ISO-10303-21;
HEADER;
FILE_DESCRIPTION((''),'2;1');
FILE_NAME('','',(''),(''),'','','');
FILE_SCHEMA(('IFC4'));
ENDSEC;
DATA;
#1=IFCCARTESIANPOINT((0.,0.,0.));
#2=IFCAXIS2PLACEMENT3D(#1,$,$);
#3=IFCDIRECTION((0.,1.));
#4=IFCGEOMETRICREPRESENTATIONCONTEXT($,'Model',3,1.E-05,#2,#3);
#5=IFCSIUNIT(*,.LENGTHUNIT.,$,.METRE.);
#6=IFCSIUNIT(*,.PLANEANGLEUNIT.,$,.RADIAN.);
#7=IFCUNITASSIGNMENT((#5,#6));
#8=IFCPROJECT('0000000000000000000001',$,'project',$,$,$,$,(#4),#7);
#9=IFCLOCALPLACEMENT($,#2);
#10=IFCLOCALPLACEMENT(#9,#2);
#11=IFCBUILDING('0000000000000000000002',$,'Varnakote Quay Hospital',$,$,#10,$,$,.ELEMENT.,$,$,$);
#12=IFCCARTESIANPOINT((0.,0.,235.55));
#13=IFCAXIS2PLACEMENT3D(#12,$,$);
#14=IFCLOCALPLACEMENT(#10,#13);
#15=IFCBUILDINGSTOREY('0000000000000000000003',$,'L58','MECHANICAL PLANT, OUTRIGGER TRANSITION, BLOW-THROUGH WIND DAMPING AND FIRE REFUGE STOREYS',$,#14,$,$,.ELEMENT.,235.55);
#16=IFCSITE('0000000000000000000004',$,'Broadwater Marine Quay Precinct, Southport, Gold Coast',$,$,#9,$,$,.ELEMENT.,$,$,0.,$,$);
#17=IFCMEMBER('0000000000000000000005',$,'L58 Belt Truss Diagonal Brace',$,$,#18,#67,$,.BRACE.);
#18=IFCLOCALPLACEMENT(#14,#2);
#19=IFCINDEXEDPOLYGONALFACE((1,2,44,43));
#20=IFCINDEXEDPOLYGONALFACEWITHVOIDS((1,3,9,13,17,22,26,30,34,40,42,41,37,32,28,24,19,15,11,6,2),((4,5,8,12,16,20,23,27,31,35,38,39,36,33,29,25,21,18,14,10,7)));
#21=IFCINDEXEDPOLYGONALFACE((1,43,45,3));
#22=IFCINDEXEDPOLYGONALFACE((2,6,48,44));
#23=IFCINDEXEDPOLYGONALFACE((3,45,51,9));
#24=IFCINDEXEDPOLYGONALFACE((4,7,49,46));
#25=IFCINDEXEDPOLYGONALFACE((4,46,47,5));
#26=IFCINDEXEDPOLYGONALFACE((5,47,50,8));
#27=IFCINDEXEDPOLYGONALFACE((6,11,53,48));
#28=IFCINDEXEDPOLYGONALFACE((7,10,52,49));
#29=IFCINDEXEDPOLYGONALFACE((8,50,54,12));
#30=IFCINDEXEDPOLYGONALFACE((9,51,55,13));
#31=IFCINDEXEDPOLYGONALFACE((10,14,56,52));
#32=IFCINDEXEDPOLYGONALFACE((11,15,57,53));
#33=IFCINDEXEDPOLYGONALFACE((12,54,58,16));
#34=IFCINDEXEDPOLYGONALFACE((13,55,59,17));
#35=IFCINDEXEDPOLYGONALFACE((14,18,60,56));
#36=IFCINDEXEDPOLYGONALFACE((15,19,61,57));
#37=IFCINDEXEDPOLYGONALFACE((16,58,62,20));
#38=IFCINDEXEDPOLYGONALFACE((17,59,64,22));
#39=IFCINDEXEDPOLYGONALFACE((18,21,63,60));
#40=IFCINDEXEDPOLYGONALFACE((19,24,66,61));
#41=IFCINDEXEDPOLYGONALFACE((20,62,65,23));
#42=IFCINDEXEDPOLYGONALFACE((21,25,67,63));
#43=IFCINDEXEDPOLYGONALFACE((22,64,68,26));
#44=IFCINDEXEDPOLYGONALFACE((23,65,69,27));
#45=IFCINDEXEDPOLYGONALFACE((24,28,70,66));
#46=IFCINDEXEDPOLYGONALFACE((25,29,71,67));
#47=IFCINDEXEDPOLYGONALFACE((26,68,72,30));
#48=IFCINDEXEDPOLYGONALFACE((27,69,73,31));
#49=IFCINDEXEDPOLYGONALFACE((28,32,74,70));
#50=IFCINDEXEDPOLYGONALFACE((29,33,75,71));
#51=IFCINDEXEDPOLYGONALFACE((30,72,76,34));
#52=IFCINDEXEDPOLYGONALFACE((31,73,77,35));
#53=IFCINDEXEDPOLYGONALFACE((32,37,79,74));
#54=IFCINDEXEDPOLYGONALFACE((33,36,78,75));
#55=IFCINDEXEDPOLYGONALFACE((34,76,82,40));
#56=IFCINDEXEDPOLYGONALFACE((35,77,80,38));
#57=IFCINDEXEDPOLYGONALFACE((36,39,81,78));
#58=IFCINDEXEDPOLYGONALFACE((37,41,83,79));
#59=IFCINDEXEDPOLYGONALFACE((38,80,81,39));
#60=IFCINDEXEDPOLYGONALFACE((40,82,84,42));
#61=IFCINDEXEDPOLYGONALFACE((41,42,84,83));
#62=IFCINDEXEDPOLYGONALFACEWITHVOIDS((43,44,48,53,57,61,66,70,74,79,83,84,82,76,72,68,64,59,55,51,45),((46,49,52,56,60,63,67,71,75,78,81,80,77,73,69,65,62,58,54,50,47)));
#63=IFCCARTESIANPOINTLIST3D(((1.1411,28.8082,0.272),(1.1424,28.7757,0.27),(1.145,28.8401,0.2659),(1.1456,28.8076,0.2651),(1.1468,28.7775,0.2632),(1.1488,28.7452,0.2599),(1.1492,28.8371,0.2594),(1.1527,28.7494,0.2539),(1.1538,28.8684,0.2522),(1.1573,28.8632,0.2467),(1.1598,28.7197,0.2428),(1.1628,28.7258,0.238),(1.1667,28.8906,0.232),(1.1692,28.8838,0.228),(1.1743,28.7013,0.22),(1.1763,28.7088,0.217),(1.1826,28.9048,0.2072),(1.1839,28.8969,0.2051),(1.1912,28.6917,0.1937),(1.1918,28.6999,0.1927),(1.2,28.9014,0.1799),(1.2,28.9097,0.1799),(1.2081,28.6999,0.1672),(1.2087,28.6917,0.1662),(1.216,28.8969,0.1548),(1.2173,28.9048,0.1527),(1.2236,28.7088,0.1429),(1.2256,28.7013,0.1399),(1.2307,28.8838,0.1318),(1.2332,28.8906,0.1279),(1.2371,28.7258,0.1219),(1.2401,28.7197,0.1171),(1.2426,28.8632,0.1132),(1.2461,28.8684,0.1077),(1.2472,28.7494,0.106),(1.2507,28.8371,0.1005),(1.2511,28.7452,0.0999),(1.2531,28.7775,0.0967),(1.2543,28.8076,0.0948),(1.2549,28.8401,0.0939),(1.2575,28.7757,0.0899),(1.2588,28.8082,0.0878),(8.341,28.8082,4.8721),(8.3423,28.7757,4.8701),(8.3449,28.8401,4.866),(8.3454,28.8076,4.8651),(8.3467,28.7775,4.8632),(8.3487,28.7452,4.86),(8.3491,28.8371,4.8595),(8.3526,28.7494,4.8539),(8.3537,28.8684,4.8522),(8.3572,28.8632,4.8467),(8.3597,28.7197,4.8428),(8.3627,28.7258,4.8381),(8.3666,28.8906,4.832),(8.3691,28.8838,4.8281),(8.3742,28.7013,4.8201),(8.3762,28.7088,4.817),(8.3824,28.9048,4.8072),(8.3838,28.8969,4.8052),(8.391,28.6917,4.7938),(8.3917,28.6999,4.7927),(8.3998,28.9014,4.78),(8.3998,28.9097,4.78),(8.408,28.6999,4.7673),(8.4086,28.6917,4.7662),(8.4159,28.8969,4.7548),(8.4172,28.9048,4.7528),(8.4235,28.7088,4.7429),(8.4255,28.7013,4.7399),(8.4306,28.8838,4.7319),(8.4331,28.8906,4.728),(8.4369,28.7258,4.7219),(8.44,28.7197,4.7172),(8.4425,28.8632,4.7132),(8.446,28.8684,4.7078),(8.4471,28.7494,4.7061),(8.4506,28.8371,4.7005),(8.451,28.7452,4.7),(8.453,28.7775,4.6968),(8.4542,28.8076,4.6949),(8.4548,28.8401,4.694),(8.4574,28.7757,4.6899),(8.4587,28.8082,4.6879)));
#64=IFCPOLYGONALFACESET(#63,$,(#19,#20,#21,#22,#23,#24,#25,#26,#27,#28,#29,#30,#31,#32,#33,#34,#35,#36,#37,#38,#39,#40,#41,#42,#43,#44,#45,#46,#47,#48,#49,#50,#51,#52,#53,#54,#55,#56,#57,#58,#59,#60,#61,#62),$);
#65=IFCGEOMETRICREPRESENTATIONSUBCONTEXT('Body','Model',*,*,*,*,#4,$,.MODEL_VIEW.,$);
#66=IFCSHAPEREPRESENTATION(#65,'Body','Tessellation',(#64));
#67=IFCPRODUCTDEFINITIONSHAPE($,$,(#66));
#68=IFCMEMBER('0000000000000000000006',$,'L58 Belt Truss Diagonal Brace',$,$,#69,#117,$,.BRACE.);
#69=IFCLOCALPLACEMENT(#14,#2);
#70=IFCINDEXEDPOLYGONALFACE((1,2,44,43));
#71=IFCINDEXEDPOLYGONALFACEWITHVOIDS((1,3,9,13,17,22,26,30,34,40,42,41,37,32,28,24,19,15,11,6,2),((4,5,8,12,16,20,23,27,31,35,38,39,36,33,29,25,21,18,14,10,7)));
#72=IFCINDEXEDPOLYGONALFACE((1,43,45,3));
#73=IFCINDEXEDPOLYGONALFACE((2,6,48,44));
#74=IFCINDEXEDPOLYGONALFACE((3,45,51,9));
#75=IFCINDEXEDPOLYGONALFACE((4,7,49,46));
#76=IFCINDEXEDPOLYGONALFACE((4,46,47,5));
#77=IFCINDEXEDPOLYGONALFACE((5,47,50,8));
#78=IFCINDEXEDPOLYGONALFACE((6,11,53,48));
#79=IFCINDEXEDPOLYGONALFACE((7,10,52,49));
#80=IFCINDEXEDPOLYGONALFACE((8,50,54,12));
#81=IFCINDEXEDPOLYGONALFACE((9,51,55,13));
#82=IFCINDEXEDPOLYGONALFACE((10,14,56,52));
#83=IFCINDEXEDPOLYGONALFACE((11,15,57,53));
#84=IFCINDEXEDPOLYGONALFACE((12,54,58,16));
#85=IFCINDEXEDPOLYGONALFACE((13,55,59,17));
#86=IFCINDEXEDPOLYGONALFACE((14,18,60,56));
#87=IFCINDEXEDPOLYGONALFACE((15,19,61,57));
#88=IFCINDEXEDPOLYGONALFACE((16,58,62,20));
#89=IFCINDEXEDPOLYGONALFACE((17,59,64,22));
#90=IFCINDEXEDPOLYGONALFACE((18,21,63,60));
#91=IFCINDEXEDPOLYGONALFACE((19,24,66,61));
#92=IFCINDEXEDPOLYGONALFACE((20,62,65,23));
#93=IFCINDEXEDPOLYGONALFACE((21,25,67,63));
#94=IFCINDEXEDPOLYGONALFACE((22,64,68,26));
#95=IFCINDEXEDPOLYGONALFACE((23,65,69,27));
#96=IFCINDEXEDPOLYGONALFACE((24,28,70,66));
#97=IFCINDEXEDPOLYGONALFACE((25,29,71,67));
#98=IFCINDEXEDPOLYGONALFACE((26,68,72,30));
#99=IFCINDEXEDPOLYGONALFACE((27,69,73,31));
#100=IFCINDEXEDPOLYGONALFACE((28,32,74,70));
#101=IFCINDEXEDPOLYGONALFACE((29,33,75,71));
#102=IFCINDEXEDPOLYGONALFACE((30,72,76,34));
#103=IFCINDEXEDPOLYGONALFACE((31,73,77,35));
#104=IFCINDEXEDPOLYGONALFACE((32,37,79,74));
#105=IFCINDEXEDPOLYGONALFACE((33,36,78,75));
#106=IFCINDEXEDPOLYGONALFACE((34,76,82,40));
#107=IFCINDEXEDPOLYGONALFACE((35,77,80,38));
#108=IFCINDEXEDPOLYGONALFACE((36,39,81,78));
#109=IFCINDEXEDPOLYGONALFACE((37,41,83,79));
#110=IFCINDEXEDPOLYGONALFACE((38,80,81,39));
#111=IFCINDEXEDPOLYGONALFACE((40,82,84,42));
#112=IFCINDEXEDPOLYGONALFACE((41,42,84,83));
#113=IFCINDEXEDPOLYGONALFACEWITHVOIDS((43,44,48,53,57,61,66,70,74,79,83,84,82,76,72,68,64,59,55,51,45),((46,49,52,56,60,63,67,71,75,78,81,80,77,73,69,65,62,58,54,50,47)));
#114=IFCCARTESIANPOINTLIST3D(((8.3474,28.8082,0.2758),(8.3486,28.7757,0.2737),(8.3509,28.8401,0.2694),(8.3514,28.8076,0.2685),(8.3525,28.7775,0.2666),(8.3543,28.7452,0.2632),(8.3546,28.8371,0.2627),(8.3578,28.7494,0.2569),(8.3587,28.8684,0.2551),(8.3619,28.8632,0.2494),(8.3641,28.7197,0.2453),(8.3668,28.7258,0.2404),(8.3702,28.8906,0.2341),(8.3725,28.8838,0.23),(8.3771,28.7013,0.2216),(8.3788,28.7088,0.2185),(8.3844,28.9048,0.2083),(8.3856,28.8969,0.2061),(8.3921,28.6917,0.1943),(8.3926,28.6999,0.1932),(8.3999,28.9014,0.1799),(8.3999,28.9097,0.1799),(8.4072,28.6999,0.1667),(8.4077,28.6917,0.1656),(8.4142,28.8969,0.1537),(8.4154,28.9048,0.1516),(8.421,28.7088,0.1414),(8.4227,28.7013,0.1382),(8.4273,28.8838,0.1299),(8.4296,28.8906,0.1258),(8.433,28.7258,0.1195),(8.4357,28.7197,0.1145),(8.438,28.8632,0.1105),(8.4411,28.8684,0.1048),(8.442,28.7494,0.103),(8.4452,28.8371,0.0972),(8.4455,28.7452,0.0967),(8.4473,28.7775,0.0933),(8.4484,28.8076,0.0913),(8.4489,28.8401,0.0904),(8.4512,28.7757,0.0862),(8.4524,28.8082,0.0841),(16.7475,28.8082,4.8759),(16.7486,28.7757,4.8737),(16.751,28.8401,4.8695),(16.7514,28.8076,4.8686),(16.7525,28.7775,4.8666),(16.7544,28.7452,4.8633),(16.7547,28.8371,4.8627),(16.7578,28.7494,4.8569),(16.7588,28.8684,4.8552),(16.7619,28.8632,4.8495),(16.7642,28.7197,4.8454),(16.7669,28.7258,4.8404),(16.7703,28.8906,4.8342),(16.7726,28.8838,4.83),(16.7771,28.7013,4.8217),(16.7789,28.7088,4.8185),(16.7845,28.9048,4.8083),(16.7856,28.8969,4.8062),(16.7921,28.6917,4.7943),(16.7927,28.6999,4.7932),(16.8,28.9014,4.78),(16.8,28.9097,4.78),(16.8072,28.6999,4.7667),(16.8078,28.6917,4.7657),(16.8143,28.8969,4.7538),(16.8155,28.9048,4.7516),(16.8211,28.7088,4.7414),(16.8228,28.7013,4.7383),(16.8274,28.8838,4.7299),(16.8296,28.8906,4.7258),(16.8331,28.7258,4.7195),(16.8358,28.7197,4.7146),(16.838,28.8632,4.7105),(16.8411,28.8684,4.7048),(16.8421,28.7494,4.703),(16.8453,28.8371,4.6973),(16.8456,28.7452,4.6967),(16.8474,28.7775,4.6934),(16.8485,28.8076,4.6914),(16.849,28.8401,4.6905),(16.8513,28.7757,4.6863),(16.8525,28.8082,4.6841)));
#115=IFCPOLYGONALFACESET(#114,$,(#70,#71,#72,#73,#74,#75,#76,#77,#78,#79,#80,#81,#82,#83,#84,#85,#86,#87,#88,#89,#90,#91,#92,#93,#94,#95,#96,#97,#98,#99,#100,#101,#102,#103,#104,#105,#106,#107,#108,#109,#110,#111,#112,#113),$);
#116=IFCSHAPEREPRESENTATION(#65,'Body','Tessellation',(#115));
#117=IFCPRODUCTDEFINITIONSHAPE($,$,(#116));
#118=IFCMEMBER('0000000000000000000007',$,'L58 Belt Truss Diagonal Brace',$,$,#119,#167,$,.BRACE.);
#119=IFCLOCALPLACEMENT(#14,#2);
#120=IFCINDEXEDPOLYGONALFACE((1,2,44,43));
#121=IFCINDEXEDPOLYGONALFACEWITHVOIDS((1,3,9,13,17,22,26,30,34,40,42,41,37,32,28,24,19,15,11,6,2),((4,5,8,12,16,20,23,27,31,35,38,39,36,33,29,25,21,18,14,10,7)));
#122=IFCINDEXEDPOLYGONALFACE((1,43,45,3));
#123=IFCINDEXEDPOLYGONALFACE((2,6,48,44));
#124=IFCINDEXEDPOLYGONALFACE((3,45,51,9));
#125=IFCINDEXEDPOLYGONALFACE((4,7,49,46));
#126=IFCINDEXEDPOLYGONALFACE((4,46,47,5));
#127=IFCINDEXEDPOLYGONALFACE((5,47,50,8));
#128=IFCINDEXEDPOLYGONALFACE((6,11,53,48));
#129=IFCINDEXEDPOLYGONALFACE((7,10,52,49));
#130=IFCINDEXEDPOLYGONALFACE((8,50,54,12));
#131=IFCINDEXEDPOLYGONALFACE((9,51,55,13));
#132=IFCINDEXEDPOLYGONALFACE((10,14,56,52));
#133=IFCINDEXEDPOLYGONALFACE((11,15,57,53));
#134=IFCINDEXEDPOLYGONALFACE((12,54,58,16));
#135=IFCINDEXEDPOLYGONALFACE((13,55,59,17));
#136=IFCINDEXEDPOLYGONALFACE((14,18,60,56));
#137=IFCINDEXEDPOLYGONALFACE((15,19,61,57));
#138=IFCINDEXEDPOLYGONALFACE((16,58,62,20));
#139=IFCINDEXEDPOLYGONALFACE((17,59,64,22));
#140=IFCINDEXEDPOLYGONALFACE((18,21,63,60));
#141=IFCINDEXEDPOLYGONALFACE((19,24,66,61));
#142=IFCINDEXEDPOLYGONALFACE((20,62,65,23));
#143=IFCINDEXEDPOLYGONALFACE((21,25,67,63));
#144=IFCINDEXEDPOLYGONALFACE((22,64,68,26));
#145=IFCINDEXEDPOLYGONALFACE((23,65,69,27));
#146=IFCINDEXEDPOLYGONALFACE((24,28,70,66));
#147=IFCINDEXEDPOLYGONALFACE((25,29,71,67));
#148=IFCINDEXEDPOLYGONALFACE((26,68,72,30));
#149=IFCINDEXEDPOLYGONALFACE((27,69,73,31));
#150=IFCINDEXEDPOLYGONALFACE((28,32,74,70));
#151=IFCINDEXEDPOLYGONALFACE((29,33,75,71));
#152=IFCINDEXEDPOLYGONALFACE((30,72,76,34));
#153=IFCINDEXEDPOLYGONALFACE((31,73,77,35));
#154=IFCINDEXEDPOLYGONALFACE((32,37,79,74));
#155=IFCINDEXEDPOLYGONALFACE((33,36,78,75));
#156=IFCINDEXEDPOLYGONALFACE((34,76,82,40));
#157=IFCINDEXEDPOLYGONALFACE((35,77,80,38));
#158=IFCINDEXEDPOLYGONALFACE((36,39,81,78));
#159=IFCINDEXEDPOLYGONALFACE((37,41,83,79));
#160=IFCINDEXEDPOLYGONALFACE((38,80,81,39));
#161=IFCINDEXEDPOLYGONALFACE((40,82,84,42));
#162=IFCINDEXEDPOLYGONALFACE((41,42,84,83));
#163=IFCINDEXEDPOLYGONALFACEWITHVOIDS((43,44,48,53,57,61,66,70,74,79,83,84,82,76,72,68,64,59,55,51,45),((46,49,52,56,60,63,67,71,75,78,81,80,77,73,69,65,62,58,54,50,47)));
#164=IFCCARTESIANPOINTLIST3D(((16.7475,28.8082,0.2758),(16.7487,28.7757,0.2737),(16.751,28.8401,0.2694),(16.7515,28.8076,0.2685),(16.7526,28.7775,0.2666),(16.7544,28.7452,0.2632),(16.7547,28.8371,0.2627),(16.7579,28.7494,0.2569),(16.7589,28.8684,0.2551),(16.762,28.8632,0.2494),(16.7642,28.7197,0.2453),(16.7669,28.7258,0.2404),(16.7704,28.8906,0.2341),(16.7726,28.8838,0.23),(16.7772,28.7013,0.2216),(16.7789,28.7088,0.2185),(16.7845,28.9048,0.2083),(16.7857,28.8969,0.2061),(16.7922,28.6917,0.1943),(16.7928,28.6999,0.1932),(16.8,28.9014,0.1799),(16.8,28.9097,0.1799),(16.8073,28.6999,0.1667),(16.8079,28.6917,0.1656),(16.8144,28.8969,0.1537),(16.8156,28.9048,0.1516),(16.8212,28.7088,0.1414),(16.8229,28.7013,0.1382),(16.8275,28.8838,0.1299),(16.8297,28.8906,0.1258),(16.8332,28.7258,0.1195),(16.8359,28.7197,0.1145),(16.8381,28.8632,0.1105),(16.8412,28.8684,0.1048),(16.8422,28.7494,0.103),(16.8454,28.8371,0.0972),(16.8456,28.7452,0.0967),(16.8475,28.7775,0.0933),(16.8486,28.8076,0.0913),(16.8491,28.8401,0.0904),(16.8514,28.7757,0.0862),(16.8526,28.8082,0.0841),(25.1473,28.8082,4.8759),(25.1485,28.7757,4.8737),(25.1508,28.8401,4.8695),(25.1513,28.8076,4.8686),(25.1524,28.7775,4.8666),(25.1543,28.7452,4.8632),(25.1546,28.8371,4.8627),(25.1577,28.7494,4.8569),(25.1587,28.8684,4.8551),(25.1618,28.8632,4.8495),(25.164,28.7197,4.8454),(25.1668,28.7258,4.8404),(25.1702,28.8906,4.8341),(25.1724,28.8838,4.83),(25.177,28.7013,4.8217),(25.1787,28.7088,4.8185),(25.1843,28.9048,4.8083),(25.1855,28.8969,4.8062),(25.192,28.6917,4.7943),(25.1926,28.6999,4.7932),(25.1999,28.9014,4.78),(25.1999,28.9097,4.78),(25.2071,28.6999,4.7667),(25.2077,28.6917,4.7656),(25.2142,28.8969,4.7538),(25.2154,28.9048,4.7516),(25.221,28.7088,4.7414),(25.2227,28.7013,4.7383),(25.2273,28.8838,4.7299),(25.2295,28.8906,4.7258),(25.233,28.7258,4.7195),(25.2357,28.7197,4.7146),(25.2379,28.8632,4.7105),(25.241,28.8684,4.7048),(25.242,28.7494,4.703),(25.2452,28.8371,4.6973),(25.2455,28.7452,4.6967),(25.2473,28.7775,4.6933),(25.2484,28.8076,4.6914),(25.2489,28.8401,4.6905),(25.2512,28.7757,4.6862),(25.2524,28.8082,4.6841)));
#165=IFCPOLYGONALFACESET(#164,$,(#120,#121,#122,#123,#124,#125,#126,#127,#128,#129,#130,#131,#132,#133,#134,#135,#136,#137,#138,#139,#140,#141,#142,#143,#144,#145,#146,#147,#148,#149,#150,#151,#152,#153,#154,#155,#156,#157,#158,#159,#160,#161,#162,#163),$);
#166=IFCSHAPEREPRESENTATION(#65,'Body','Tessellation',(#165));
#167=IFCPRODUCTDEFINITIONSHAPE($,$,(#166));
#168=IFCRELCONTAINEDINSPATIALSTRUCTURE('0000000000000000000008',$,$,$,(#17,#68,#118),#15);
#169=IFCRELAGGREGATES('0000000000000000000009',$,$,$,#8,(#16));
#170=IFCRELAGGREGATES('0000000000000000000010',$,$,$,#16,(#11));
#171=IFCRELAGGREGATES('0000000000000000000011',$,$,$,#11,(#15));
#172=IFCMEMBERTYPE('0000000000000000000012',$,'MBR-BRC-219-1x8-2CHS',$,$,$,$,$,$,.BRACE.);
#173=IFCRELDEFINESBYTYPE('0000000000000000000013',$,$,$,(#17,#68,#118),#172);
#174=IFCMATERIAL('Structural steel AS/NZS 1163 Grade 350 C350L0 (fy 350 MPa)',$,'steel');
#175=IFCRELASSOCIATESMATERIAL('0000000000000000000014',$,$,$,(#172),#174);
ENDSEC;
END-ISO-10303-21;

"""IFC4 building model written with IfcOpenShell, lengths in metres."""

from ifc_helpers import new_model, si_unit, direction, frame, origin, origin_2d, place, context, subcontext, project, spatial, hollow_circle, extrude, material, material_profile, profile_set, type_object, element, save


model = new_model("IFC4")

# Units and contexts
model_context = context("Model", 3, precision=1e-05, world=origin(), true_north=direction((0.0, 1.0)))
body_context = subcontext(model_context, "Body", "Model", "MODEL_VIEW")
ifc_project = project(units=[si_unit("LENGTHUNIT", "METRE"), si_unit("PLANEANGLEUNIT", "RADIAN")], contexts=[model_context])

# Site, building, storey
site_placement = place(None, origin())
site = spatial("IfcSite", under=ifc_project, at=site_placement, Name="Broadwater Marine Quay Precinct, Southport, Gold Coast", CompositionType="ELEMENT", RefElevation=0.0)
building_placement = place(site_placement, origin())
building = spatial("IfcBuilding", under=site, at=building_placement, Name="Varnakote Quay Hospital", CompositionType="ELEMENT")
storey_placement = place(building_placement, frame((0.0, 0.0, 235.55)))
storey = spatial("IfcBuildingStorey", under=building, at=storey_placement, Name="L58", Description="MECHANICAL PLANT, OUTRIGGER TRANSITION, BLOW-THROUGH WIND DAMPING AND FIRE REFUGE STOREYS", CompositionType="ELEMENT", Elevation=235.55)

# Members
ifc_material_1 = material(Name="Structural steel AS/NZS 1163 Grade 350 C350L0 (fy 350 MPa)", Category="steel")
ifc_material_profile_1 = material_profile(ifc_material_1, hollow_circle(Radius=0.1096, WallThickness=0.0083, at=origin_2d()), Name="219.1x8.2CHS")
ifc_profile_set_1 = profile_set([ifc_material_profile_1], Name="Structural steel AS/NZS 1163 Grade 350 C350L0 (fy 350 MPa)")
member_type_1 = type_object("IfcMemberType", Name="MBR-BRC-219-1x8-2CHS", PredefinedType="BRACE", material=ifc_profile_set_1)
member_1_placement = place(storey_placement, frame((1.2, 28.8, 0.1799), z_axis=(0.842689, 0.0, 0.5384), x_axis=(0.0, 1.0, 0.0)))
element("IfcMember", 1, at=member_1_placement, inside=storey, type_object=member_type_1, Name="L58 Belt Truss Diagonal Brace", PredefinedType="BRACE", context=body_context, shape_type="SweptSolid", body=[
    extrude(hollow_circle(Radius=0.1096, WallThickness=0.0083, at=origin_2d()), origin(), (0.0, 0.0, 1.0), 8.5439),
])
member_2_placement = place(storey_placement, frame((8.3999, 28.8, 0.1799), z_axis=(0.877096, 0.0, 0.480316), x_axis=(0.0, 1.0, 0.0)))
element("IfcMember", 2, at=member_2_placement, inside=storey, type_object=member_type_1, Name="L58 Belt Truss Diagonal Brace", PredefinedType="BRACE", context=body_context, shape_type="SweptSolid", body=[
    extrude(hollow_circle(Radius=0.1096, WallThickness=0.0083, at=origin_2d()), origin(), (0.0, 0.0, 1.0), 9.5771),
])
member_3_placement = place(storey_placement, frame((16.8, 28.8, 0.1799), z_axis=(0.87709, 0.0, 0.480327), x_axis=(0.0, 1.0, 0.0)))
element("IfcMember", 3, at=member_3_placement, inside=storey, type_object=member_type_1, Name="L58 Belt Truss Diagonal Brace", PredefinedType="BRACE", context=body_context, shape_type="SweptSolid", body=[
    extrude(hollow_circle(Radius=0.1096, WallThickness=0.0083, at=origin_2d()), origin(), (0.0, 0.0, 1.0), 9.5769),
])

save(model, "model.ifc")
